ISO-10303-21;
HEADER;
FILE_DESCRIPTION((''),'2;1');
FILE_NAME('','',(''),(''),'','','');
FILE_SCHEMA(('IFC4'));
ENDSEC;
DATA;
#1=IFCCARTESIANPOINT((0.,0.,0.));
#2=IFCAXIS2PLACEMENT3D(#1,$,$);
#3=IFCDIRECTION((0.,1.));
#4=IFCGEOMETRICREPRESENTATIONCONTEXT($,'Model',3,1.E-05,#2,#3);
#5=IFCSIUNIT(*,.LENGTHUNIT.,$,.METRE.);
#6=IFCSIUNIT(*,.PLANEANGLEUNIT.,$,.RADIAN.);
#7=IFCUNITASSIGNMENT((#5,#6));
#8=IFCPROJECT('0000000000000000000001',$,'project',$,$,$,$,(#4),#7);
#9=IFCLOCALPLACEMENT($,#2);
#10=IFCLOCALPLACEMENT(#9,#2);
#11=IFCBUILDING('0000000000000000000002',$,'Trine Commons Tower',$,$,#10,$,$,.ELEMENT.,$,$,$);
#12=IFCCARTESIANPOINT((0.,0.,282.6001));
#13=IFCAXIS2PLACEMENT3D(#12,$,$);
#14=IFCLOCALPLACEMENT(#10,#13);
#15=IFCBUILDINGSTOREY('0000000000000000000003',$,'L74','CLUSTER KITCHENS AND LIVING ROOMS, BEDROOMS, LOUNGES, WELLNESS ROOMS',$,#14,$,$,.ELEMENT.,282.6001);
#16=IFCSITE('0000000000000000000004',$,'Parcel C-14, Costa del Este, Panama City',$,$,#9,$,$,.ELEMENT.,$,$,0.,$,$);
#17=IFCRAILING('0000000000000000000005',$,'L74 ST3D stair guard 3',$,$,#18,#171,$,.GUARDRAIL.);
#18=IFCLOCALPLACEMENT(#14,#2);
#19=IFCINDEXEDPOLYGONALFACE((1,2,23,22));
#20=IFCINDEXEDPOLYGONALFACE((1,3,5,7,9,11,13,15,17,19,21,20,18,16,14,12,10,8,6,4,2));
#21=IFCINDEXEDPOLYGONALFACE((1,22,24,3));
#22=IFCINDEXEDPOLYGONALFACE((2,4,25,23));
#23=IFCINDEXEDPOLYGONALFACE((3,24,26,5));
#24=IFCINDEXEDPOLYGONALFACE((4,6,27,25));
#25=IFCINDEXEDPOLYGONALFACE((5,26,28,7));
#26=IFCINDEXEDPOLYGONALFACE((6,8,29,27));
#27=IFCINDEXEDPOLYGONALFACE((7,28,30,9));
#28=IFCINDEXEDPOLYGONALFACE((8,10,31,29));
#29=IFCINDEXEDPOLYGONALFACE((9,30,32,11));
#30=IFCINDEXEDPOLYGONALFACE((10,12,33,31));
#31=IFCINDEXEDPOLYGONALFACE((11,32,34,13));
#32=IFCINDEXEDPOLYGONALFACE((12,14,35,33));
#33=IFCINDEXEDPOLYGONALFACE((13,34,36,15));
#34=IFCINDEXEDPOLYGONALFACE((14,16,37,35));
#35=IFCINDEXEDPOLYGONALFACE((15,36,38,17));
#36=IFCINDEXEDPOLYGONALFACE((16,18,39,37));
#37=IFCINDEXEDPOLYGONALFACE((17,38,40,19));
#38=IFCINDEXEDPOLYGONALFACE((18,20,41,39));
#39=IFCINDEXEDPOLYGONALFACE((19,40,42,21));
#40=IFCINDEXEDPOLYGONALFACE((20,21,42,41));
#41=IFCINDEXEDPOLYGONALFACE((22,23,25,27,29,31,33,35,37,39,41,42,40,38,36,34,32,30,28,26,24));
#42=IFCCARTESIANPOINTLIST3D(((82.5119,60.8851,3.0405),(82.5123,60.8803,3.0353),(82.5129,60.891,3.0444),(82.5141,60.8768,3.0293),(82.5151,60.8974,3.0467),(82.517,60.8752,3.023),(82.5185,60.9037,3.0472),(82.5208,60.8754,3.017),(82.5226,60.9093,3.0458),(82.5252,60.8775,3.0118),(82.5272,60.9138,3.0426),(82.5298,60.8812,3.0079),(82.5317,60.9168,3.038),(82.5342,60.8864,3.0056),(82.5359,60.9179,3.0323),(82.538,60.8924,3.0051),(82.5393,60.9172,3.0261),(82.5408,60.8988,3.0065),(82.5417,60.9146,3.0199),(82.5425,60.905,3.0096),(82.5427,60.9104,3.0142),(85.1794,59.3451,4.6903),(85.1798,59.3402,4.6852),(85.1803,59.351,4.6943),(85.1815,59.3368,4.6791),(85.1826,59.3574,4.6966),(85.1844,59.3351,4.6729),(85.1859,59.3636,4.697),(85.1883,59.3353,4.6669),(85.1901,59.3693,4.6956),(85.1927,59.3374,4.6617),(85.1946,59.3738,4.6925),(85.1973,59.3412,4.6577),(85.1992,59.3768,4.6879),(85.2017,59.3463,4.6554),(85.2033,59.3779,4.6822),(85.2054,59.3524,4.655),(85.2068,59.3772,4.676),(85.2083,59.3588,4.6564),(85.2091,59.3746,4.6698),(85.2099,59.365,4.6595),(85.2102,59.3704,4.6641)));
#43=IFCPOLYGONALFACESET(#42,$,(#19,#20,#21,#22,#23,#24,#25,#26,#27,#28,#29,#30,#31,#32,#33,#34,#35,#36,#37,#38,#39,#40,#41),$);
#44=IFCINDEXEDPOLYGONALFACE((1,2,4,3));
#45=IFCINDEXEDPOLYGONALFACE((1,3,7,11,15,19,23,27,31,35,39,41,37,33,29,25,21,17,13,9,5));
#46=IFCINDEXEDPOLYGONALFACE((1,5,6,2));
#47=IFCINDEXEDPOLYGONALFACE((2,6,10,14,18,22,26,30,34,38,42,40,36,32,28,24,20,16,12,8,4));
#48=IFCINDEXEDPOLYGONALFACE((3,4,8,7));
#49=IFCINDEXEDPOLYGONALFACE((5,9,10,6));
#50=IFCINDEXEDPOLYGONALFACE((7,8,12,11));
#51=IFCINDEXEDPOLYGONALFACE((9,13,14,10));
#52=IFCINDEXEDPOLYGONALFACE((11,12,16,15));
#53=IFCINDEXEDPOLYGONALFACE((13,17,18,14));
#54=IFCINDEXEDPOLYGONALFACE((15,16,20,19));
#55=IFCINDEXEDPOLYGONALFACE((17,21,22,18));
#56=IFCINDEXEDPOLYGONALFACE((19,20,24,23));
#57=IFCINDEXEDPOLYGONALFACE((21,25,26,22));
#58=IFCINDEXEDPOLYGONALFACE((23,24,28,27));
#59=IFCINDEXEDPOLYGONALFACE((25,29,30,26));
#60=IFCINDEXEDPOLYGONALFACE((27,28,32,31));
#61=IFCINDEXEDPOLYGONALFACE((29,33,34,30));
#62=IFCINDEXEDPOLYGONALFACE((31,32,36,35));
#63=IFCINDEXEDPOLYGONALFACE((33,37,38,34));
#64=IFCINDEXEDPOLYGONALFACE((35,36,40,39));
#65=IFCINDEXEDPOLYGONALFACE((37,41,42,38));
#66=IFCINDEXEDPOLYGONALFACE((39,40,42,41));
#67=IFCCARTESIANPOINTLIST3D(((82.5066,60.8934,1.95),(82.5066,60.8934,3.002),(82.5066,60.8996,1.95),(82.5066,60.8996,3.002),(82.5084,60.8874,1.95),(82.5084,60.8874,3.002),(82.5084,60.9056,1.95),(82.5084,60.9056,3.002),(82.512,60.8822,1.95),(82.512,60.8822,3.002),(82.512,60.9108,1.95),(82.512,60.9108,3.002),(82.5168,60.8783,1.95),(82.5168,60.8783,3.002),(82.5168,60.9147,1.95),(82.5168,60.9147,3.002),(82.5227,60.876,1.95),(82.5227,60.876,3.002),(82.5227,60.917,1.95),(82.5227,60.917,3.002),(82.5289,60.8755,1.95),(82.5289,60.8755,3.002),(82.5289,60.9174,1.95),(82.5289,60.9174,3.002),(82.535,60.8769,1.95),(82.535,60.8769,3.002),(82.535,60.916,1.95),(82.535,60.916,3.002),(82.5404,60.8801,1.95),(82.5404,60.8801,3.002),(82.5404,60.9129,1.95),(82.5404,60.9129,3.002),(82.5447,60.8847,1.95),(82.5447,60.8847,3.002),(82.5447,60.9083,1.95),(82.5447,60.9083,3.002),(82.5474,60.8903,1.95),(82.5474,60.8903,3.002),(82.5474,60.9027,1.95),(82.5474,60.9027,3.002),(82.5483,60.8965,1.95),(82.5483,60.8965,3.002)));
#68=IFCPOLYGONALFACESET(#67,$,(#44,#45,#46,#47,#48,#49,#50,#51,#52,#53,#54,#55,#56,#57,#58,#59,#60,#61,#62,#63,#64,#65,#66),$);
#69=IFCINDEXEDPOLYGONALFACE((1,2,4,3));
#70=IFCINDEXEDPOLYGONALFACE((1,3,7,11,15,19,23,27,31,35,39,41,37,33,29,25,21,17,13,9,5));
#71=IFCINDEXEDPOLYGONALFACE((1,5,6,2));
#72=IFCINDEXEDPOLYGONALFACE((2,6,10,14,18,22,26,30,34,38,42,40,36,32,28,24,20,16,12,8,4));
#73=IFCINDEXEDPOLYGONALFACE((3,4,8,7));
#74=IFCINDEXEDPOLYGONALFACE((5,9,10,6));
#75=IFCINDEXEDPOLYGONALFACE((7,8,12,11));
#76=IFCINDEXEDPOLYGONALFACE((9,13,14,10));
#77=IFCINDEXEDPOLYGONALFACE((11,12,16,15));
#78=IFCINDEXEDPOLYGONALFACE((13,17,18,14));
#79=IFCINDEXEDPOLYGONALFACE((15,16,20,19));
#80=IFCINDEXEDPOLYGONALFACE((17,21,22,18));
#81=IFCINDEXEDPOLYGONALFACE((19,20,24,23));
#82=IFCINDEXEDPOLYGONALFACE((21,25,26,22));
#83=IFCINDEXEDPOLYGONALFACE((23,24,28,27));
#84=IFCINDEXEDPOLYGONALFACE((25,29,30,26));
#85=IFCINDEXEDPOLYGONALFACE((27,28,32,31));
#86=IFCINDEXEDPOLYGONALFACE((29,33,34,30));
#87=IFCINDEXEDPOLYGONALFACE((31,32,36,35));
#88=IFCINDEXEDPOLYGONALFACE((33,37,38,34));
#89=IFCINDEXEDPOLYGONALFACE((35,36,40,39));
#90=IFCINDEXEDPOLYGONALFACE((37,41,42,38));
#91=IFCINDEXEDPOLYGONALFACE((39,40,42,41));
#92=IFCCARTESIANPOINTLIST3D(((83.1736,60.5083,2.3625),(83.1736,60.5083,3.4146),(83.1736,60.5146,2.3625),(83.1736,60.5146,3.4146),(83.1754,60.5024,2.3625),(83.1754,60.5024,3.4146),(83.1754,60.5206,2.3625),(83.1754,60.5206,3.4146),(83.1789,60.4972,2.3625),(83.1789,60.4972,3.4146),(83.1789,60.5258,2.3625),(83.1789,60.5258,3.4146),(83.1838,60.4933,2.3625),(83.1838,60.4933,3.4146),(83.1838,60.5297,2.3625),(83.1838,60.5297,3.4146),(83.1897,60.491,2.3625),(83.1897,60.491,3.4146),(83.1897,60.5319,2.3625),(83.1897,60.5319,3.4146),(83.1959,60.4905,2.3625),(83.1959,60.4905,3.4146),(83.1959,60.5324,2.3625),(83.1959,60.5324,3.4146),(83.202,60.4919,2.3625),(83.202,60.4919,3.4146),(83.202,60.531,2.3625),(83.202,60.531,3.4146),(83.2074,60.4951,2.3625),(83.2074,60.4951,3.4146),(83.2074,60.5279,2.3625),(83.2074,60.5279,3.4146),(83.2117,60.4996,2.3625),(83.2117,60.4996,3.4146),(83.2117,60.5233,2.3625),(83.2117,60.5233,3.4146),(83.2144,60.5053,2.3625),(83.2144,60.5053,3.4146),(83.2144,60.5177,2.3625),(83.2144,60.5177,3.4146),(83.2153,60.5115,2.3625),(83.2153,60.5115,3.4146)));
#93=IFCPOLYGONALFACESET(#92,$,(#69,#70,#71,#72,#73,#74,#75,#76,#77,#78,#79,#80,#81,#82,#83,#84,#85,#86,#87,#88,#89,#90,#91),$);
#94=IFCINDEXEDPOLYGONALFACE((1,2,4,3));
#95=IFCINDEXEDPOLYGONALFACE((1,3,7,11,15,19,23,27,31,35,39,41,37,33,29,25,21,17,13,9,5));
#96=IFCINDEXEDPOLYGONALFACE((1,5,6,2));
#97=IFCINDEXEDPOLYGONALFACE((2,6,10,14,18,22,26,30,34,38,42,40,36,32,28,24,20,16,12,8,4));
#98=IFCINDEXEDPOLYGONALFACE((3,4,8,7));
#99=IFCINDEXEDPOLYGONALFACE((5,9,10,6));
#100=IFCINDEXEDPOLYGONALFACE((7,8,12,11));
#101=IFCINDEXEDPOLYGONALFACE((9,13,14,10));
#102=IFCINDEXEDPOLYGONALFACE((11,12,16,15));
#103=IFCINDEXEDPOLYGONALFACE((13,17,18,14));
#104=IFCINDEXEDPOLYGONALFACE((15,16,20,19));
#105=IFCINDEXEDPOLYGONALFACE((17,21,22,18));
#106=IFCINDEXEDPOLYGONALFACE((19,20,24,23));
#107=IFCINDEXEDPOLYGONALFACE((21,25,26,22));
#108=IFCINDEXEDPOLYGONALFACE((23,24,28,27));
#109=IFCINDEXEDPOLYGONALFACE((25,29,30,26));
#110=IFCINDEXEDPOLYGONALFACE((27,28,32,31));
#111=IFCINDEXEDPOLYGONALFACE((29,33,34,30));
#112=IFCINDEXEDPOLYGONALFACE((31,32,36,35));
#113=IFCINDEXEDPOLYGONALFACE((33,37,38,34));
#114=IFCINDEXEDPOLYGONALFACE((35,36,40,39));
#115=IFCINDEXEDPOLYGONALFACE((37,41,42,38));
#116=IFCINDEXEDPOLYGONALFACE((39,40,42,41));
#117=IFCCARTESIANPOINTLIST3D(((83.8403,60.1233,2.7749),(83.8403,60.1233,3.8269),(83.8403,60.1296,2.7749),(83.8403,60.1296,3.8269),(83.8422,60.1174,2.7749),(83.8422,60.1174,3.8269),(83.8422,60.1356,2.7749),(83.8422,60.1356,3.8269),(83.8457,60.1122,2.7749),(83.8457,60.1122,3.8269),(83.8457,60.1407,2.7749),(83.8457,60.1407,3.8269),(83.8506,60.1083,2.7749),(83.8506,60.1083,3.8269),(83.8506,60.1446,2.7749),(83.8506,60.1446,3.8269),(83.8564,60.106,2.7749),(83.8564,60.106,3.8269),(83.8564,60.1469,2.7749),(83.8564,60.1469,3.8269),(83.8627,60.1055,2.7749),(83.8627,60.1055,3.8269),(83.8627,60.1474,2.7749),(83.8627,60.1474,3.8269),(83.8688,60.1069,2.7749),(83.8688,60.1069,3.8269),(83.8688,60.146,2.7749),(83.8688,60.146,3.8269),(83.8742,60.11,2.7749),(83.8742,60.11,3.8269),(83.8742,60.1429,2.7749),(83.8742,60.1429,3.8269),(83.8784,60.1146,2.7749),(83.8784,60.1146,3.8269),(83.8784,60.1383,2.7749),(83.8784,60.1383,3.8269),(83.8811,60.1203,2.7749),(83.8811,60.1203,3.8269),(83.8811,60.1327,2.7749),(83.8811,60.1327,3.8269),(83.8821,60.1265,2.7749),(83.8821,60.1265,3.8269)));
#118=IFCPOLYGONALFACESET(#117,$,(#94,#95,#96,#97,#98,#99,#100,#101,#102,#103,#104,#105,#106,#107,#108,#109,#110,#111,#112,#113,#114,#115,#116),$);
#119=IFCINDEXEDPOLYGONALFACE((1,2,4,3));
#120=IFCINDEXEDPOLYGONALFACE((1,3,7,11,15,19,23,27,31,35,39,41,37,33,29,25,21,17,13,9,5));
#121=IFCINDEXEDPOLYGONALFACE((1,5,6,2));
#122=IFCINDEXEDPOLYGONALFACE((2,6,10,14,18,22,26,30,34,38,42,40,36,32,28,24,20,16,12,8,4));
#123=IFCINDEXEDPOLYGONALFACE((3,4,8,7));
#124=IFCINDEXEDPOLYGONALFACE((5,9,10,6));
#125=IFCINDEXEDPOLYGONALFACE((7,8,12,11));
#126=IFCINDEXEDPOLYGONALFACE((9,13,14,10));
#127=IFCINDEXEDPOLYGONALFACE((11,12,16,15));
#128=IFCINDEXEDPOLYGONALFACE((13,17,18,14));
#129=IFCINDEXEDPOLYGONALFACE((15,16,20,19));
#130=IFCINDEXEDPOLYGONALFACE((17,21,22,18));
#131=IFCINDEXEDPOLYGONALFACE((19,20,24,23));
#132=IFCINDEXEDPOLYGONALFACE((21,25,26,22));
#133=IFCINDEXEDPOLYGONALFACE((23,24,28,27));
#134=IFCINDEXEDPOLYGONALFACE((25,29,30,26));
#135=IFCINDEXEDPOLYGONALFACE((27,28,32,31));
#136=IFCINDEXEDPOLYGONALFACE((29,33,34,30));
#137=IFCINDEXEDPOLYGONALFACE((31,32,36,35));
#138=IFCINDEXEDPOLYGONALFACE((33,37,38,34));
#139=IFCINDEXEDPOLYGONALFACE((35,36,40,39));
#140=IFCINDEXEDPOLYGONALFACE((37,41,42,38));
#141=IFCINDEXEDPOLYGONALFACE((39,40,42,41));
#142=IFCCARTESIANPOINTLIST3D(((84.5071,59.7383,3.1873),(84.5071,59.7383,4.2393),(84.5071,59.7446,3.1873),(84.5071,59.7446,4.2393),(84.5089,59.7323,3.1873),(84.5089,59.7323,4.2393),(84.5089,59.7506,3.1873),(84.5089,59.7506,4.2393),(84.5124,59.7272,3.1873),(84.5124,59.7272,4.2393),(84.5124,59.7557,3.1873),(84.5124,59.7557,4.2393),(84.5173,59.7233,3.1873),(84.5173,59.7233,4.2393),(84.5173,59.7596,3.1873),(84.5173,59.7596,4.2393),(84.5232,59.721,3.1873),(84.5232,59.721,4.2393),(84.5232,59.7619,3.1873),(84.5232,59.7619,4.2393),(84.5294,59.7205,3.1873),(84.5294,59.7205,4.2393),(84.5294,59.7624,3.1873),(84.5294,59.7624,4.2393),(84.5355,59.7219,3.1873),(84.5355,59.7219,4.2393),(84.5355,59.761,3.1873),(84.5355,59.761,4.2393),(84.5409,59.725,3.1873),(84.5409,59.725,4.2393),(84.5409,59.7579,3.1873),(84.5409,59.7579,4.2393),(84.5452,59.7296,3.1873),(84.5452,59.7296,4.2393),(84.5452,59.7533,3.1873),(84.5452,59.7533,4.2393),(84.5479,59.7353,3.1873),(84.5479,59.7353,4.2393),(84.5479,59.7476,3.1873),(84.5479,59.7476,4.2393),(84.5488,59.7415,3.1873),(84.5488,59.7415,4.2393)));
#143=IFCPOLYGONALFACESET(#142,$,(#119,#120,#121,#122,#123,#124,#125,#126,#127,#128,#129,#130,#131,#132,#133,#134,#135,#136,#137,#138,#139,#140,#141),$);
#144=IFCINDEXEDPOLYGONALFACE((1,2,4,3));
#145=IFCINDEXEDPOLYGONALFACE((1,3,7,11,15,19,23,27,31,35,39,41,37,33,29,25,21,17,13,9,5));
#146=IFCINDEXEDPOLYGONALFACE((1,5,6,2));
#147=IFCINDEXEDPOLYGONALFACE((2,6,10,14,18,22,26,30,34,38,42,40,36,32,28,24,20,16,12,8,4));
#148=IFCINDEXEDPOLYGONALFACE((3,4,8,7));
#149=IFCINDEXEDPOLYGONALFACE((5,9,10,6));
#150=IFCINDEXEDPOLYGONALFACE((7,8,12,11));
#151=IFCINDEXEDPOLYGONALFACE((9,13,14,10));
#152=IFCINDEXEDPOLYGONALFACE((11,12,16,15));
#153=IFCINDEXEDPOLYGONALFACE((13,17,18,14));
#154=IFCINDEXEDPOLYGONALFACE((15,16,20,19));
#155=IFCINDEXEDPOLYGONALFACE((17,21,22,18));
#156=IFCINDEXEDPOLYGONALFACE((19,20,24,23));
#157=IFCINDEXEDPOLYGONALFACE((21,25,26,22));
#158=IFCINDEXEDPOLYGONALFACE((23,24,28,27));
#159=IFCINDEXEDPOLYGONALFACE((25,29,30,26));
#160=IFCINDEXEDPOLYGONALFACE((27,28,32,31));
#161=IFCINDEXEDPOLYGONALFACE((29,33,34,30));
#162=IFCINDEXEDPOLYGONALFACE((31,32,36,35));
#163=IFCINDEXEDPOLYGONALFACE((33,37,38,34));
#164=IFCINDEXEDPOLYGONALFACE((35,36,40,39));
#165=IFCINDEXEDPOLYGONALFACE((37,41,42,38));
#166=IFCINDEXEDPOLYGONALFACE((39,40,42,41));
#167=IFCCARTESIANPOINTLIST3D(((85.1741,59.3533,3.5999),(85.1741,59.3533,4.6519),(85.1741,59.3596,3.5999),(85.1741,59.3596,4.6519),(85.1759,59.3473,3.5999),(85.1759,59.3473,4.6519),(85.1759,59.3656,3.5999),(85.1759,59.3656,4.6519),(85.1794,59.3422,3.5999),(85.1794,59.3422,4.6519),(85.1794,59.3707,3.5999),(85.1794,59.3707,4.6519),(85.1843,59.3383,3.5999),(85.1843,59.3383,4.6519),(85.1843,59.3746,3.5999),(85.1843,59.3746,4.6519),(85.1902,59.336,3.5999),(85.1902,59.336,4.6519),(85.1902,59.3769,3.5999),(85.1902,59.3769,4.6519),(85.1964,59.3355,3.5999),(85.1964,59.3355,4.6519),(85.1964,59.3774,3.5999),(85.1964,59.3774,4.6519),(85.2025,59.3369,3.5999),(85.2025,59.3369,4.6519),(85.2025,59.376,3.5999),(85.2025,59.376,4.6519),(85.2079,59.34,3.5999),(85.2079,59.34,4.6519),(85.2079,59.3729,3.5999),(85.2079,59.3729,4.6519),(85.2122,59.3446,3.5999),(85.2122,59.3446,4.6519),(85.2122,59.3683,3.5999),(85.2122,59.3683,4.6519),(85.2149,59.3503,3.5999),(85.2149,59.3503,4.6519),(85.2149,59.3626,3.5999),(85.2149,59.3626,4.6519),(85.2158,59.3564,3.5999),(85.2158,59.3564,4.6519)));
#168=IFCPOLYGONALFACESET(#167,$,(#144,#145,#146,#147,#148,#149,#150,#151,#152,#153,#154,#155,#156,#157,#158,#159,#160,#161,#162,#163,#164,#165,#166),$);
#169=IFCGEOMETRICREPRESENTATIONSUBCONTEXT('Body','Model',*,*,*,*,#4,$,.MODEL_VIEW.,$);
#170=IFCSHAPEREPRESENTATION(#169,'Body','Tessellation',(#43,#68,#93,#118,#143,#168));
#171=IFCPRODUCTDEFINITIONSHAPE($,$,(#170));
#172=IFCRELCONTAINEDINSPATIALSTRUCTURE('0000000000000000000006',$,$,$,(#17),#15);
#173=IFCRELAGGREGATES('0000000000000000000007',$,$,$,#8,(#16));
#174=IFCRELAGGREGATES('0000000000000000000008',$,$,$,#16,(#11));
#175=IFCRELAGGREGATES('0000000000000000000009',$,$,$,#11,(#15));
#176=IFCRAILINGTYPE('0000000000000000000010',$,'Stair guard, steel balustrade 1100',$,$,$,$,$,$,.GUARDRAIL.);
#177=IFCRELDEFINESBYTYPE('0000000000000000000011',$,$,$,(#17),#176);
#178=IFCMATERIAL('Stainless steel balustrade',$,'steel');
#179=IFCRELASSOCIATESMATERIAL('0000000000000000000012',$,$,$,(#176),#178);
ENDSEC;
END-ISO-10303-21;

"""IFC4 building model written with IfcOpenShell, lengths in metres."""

from ifc_helpers import new_model, si_unit, direction, frame, origin, origin_2d, place, context, subcontext, project, spatial, circle, extrude, material, type_object, element, save


model = new_model("IFC4")

# Units and contexts
model_context = context("Model", 3, precision=1e-05, world=origin(), true_north=direction((0.0, 1.0)))
body_context = subcontext(model_context, "Body", "Model", "MODEL_VIEW")
ifc_project = project(units=[si_unit("LENGTHUNIT", "METRE"), si_unit("PLANEANGLEUNIT", "RADIAN")], contexts=[model_context])

# Site, building, storey
site_placement = place(None, origin())
site = spatial("IfcSite", under=ifc_project, at=site_placement, Name="Parcel C-14, Costa del Este, Panama City", CompositionType="ELEMENT", RefElevation=0.0)
building_placement = place(site_placement, origin())
building = spatial("IfcBuilding", under=site, at=building_placement, Name="Trine Commons Tower", CompositionType="ELEMENT")
storey_placement = place(building_placement, frame((0.0, 0.0, 282.6001)))
storey = spatial("IfcBuildingStorey", under=building, at=storey_placement, Name="L74", Description="CLUSTER KITCHENS AND LIVING ROOMS, BEDROOMS, LOUNGES, WELLNESS ROOMS", CompositionType="ELEMENT", Elevation=282.6001)

# Railing
ifc_material_1 = material(Name="Stainless steel balustrade", Category="steel")
railing_type_1 = type_object("IfcRailingType", Name="Stair guard, steel balustrade 1100", PredefinedType="GUARDRAIL", material=ifc_material_1)
railing_1_placement = place(storey_placement, frame((82.5273, 60.8965, 1.95)))
element("IfcRailing", 1, at=railing_1_placement, inside=storey, type_object=railing_type_1, Name="L74 ST3D stair guard 3", PredefinedType="GUARDRAIL", context=body_context, shape_type="SweptSolid", body=[
    extrude(circle(Radius=0.0239, at=origin_2d()), frame((0.0, 0.0, 1.0762), z_axis=(0.763405, -0.440743, 0.472185), x_axis=(0.499992, 0.86603, 0.0)), (0.0, 0.0, 1.0), 3.4941),
    extrude(circle(Radius=0.021, at=origin_2d()), origin(), (0.0, 0.0, 1.0), 1.052),
    extrude(circle(Radius=0.021, at=origin_2d()), frame((0.667, -0.385, 0.4126)), (0.0, 0.0, 1.0), 1.052),
    extrude(circle(Radius=0.021, at=origin_2d()), frame((1.3337, -0.77, 0.825)), (0.0, 0.0, 1.0), 1.052),
    extrude(circle(Radius=0.021, at=origin_2d()), frame((2.0005, -1.155, 1.2373)), (0.0, 0.0, 1.0), 1.052),
    extrude(circle(Radius=0.021, at=origin_2d()), frame((2.6675, -1.54, 1.6499)), (0.0, 0.0, 1.0), 1.052),
])

save(model, "model.ifc")
